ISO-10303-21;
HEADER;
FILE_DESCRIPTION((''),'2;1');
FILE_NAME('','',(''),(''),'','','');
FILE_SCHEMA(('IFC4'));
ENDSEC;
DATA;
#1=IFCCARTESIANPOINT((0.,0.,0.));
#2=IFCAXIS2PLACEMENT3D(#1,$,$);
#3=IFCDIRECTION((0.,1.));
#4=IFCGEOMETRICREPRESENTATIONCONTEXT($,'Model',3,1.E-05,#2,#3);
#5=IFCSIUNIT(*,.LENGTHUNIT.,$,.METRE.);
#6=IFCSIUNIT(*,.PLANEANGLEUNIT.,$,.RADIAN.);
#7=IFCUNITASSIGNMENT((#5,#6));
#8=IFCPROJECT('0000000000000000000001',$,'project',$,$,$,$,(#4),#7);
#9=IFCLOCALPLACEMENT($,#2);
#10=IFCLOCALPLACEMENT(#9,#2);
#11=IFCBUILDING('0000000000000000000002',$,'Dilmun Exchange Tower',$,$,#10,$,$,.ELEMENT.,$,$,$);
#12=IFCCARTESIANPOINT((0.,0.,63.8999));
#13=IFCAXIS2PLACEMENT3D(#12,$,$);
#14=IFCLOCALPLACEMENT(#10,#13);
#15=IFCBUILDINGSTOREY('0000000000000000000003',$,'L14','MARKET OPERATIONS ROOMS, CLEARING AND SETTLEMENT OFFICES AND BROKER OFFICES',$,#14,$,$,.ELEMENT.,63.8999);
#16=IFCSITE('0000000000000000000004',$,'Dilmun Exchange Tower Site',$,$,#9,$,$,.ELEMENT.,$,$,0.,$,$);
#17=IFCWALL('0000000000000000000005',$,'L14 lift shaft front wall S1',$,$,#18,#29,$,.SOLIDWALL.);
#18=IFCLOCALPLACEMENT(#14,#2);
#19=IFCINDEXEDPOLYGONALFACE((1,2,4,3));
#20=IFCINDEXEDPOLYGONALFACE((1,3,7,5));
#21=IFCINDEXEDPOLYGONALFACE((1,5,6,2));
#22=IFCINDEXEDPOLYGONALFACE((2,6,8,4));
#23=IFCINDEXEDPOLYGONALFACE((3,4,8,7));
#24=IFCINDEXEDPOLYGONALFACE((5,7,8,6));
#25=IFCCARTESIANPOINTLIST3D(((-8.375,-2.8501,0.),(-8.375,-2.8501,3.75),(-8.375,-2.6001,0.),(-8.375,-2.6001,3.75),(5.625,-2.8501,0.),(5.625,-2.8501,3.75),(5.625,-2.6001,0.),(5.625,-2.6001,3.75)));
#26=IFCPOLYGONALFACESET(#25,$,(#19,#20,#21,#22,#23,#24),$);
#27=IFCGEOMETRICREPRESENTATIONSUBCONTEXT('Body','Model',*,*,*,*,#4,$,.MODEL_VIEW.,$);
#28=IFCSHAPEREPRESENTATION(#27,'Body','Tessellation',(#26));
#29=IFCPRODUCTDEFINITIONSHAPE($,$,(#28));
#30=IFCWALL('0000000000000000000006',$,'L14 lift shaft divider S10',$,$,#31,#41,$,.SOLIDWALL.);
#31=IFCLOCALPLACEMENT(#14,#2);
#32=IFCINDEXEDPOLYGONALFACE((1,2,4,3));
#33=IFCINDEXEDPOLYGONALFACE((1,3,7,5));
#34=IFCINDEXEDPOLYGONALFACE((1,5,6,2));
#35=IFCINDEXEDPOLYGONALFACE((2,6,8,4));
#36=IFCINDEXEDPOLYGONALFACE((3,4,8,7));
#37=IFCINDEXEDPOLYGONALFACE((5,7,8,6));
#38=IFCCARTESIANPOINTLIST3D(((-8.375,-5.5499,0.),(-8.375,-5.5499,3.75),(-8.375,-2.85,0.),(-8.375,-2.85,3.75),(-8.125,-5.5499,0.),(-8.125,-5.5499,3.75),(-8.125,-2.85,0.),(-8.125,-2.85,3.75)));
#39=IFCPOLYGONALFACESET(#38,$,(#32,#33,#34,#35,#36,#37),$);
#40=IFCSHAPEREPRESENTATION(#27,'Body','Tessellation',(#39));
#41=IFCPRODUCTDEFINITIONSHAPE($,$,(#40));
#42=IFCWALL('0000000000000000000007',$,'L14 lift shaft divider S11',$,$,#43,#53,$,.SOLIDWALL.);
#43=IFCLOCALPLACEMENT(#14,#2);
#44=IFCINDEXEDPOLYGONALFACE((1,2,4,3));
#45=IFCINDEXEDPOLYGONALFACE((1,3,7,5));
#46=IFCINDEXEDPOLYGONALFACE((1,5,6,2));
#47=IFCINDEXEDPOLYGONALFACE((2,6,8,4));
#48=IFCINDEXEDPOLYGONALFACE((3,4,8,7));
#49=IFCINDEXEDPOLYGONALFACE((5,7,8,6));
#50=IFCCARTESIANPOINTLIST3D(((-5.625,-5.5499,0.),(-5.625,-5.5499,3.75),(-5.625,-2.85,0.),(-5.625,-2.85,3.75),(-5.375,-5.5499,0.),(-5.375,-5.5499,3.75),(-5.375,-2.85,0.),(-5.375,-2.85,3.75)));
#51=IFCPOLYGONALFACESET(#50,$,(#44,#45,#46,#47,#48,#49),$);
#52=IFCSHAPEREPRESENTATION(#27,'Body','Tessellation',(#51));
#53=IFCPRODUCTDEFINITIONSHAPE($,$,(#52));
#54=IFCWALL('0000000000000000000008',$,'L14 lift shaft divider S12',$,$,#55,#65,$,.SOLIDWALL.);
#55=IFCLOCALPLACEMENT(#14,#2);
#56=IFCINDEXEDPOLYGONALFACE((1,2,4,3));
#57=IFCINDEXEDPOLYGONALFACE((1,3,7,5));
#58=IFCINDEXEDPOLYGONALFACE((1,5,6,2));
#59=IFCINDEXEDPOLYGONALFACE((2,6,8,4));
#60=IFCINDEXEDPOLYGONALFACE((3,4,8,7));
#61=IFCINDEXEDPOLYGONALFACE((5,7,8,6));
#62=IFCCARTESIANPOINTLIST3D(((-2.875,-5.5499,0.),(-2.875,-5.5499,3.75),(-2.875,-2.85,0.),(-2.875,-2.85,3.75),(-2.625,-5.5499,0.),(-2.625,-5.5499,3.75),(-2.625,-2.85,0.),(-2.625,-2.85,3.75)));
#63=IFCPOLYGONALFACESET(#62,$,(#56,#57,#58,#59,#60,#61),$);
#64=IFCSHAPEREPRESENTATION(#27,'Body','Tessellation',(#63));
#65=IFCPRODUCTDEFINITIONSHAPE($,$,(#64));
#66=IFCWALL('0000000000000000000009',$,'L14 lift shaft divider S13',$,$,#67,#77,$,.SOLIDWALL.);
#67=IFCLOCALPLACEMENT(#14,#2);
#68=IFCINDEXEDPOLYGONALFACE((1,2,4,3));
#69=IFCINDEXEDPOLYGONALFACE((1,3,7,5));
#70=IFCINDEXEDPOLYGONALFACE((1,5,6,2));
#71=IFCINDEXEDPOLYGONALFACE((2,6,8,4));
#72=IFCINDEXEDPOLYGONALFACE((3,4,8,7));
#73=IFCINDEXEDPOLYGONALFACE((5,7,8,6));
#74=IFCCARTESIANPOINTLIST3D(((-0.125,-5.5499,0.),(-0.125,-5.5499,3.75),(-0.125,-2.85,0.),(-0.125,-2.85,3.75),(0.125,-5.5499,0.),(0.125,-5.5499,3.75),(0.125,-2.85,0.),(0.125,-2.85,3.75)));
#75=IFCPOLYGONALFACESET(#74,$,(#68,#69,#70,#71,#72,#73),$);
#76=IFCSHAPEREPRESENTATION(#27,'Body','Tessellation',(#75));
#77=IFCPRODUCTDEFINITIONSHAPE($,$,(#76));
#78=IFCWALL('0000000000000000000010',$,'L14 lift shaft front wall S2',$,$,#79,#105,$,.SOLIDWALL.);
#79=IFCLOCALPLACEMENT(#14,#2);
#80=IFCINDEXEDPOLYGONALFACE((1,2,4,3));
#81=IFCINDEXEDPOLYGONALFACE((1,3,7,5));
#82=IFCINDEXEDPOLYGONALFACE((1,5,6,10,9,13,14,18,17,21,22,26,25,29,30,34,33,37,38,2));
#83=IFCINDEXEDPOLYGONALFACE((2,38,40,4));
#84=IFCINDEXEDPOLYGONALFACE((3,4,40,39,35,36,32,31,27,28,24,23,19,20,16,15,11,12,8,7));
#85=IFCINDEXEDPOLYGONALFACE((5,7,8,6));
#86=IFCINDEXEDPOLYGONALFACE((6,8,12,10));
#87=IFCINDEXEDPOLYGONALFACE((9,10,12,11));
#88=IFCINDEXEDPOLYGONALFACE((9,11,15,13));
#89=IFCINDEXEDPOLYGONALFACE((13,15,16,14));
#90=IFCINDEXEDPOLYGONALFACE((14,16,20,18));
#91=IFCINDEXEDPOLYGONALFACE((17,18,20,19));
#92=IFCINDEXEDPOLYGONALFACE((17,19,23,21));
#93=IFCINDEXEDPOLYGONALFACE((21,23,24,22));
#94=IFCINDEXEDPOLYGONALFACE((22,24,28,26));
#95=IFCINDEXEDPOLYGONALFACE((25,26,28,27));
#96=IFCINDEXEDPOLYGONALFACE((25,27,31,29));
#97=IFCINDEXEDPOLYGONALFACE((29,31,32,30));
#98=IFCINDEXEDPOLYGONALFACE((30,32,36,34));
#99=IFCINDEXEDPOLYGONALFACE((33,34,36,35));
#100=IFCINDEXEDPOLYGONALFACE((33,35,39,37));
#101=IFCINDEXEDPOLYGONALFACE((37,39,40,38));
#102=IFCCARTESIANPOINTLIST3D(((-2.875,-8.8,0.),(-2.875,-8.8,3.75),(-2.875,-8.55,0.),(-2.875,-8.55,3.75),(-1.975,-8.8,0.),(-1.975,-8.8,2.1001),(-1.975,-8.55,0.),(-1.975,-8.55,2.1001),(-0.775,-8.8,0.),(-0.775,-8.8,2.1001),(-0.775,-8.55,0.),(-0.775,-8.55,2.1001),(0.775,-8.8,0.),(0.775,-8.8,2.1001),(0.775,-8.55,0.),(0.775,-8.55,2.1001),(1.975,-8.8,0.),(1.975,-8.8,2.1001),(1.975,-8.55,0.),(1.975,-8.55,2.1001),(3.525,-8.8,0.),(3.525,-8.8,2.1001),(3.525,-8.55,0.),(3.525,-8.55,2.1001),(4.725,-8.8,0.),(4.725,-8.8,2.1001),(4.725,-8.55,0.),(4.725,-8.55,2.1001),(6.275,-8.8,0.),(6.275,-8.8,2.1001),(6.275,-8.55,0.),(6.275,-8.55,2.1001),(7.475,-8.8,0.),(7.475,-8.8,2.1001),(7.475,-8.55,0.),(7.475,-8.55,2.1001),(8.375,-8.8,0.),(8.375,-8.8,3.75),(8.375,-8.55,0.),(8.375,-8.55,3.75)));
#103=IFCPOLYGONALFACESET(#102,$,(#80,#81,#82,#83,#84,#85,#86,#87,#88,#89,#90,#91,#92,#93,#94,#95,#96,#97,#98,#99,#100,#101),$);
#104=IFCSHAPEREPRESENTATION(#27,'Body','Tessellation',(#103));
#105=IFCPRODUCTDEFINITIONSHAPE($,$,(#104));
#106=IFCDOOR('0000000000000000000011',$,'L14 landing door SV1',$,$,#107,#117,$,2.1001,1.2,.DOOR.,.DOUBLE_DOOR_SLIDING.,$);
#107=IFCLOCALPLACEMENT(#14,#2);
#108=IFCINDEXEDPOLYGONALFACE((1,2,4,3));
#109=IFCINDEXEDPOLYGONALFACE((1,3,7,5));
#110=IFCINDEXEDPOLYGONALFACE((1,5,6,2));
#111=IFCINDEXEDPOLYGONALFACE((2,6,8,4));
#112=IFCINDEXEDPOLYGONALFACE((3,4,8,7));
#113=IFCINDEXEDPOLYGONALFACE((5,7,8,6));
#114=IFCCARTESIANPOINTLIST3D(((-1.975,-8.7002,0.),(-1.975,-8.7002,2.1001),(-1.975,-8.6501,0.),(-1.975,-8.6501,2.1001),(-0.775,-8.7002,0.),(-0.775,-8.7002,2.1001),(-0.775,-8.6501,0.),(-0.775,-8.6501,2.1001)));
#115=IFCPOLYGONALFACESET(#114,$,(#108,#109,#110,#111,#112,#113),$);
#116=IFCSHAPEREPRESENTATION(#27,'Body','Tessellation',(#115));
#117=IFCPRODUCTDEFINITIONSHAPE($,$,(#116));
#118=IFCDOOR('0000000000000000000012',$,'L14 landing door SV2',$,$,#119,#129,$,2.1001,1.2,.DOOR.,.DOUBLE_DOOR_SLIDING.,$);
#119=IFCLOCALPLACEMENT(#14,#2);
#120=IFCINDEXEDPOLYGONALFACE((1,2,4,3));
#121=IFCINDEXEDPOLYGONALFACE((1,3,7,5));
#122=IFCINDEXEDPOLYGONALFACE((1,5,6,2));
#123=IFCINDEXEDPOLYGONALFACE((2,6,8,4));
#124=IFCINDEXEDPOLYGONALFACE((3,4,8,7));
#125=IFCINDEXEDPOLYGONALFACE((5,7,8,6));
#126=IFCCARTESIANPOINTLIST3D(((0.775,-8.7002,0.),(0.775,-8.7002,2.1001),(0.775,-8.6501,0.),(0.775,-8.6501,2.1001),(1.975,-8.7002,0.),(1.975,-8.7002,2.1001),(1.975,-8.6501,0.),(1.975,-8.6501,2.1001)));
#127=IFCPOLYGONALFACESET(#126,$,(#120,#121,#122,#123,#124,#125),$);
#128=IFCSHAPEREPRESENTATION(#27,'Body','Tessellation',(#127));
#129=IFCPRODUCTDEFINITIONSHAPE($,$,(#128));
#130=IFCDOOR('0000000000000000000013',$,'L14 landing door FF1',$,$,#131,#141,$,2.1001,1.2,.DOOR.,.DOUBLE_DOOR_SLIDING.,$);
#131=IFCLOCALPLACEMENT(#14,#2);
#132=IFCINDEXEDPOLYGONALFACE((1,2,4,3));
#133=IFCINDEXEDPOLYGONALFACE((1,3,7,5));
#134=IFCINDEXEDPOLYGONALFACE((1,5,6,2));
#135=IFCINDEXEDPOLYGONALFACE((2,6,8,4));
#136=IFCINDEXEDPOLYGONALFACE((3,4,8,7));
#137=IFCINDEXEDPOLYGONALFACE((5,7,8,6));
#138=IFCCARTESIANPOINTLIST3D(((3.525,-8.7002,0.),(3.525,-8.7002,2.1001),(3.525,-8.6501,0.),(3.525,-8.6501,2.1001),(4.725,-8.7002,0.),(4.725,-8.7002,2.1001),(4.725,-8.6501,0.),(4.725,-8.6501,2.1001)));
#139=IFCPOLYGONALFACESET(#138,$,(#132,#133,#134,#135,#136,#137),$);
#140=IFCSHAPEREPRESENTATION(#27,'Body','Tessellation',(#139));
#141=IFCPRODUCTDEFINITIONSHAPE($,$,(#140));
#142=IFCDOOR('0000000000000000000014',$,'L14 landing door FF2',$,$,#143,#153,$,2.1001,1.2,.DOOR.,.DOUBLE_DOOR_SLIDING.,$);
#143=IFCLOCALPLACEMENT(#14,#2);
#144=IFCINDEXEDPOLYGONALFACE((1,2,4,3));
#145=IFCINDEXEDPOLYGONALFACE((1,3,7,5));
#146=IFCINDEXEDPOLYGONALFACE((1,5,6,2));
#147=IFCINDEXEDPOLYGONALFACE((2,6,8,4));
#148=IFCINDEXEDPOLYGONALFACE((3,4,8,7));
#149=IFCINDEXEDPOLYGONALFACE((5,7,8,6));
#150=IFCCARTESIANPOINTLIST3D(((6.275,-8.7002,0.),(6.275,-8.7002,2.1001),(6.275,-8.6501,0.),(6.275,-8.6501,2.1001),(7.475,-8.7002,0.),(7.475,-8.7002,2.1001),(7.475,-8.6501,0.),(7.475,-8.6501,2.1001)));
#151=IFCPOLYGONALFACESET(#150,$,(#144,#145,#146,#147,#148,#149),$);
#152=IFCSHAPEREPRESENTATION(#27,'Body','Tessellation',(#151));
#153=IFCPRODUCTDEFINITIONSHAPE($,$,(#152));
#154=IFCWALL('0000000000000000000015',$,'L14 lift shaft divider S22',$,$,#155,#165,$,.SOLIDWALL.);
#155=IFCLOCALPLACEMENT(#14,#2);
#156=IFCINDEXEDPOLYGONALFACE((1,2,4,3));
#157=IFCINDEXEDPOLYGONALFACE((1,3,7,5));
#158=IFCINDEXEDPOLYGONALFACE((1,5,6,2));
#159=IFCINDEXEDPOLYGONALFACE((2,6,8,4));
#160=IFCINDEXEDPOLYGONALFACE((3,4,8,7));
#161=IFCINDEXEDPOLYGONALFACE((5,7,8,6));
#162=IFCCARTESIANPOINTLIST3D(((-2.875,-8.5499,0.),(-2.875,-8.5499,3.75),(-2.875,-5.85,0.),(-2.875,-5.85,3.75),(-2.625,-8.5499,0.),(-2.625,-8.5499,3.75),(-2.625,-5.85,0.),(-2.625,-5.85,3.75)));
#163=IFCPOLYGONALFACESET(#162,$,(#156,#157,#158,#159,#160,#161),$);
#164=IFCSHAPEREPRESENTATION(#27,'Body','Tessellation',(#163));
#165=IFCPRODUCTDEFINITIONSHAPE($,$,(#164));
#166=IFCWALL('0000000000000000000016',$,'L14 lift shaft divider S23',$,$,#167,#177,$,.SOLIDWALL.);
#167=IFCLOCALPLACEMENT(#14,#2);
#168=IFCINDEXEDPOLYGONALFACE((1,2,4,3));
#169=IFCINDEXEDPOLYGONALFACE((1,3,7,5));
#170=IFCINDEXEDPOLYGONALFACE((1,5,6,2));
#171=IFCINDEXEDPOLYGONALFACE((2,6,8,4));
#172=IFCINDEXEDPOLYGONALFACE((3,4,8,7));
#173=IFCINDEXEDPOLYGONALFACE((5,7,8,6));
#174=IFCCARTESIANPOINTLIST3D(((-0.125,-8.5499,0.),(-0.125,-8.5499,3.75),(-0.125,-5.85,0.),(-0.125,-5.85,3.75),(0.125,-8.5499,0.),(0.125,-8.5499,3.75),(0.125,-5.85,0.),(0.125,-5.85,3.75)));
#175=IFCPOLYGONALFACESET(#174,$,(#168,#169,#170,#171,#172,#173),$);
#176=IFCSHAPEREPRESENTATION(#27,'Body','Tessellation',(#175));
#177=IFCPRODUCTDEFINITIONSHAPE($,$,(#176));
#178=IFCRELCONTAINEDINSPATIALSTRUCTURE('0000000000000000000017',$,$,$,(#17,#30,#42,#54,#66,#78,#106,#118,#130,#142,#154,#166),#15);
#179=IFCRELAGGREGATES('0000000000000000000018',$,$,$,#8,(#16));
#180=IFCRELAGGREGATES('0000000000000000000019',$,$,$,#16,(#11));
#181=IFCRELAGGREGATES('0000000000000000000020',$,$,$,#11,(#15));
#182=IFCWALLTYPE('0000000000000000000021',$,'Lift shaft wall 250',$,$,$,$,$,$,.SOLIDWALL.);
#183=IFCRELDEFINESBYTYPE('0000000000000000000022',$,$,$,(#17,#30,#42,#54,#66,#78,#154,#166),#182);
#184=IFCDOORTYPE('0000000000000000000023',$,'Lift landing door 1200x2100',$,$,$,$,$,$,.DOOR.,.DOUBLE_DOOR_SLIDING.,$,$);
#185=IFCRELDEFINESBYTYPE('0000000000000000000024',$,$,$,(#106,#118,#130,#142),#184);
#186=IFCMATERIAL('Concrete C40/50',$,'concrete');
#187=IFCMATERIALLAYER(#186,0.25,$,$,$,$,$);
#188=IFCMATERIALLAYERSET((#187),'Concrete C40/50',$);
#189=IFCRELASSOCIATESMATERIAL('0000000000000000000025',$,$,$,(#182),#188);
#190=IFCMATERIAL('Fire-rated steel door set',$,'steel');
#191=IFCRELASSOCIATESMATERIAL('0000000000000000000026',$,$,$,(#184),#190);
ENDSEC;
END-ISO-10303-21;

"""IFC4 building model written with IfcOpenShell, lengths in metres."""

from ifc_helpers import new_model, si_unit, direction, frame, frame_2d, origin, place, context, subcontext, project, spatial, rectangle, extrude, material, layer, layer_set, type_object, element, fill, save


model = new_model("IFC4")

# Units and contexts
model_context = context("Model", 3, precision=1e-05, world=origin(), true_north=direction((0.0, 1.0)))
body_context = subcontext(model_context, "Body", "Model", "MODEL_VIEW")
ifc_project = project(units=[si_unit("LENGTHUNIT", "METRE"), si_unit("PLANEANGLEUNIT", "RADIAN")], contexts=[model_context])

# Site, building, storey
site_placement = place(None, origin())
site = spatial("IfcSite", under=ifc_project, at=site_placement, Name="Dilmun Exchange Tower Site", CompositionType="ELEMENT", RefElevation=0.0)
building_placement = place(site_placement, origin())
building = spatial("IfcBuilding", under=site, at=building_placement, Name="Dilmun Exchange Tower", CompositionType="ELEMENT")
storey_placement = place(building_placement, frame((0.0, 0.0, 63.8999)))
storey = spatial("IfcBuildingStorey", under=building, at=storey_placement, Name="L14", Description="MARKET OPERATIONS ROOMS, CLEARING AND SETTLEMENT OFFICES AND BROKER OFFICES", CompositionType="ELEMENT", Elevation=63.8999)

# Shared definitions
ifc_material_1 = material(Name="Concrete C40/50", Category="concrete")

# Shared definitions
ifc_material_2 = material(Name="Fire-rated steel door set", Category="steel")

# Walls
ifc_layer_1 = layer(ifc_material_1, 0.25)
ifc_layer_set_1 = layer_set([ifc_layer_1], Name="Concrete C40/50")
wall_type_1 = type_object("IfcWallType", Name="Lift shaft wall 250", PredefinedType="SOLIDWALL", material=ifc_layer_set_1)
wall_1_placement = place(storey_placement, frame((-8.375, -2.7251, 0.0), z_axis=(0.0, 0.0, 1.0), x_axis=(1.0, 0.0, 0.0)))
element("IfcWall", 1, at=wall_1_placement, inside=storey, type_object=wall_type_1, Name="L14 lift shaft front wall S1", PredefinedType="SOLIDWALL", context=body_context, shape_type="SweptSolid", body=[
    extrude(rectangle(XDim=14.0, YDim=0.25, at=frame_2d((7.0, 0.0))), origin(), (0.0, 0.0, 1.0), 3.75),
])
for number, where, z_axis, x_axis, name in (
    (2, (-8.25, -5.55, 0.0), (0.0, 0.0, 1.0), (0.0, 1.0, 0.0), "L14 lift shaft divider S10"),
    (3, (-5.5, -5.55, 0.0), (0.0, 0.0, 1.0), (0.0, 1.0, 0.0), "L14 lift shaft divider S11"),
    (4, (-2.75, -5.55, 0.0), (0.0, 0.0, 1.0), (0.0, 1.0, 0.0), "L14 lift shaft divider S12"),
    (5, (0.0, -5.55, 0.0), (0.0, 0.0, 1.0), (0.0, 1.0, 0.0), "L14 lift shaft divider S13"),
):
    element("IfcWall", number, at=place(storey_placement, frame(where, z_axis=z_axis, x_axis=x_axis)), inside=storey, type_object=wall_type_1, Name=name, PredefinedType="SOLIDWALL", context=body_context, shape_type="SweptSolid", body=[
        extrude(rectangle(XDim=2.7, YDim=0.25, at=frame_2d((1.3501, 0.0))), origin(), (0.0, 0.0, 1.0), 3.75),
    ])

# Wall, openings, doors
wall_2_placement = place(storey_placement, frame((-2.875, -8.675, 0.0), z_axis=(0.0, 0.0, 1.0), x_axis=(1.0, 0.0, 0.0)))
wall_2 = element("IfcWall", 6, at=wall_2_placement, inside=storey, type_object=wall_type_1, Name="L14 lift shaft front wall S2", PredefinedType="SOLIDWALL", context=body_context, shape_type="SweptSolid", body=[
    extrude(rectangle(XDim=11.25, YDim=0.25, at=frame_2d((5.625, 0.0))), origin(), (0.0, 0.0, 1.0), 3.75),
])
opening_1_placement = place(wall_2_placement, frame((0.8999, 0.0, 0.0)))
opening_1 = element("IfcOpeningElement", 7, at=opening_1_placement, cuts=wall_2, PredefinedType="OPENING", context=body_context, shape_type="SweptSolid", body=[
    extrude(rectangle(XDim=1.2, YDim=2.1001, at=frame_2d((0.6001, 1.05))), frame((0.0, 0.135, 0.0), z_axis=(0.0, -1.0, 0.0), x_axis=(1.0, 0.0, 0.0)), (0.0, 0.0, 1.0), 0.27),
])
opening_2_placement = place(wall_2_placement, frame((3.6499, 0.0, 0.0)))
opening_2 = element("IfcOpeningElement", 8, at=opening_2_placement, cuts=wall_2, PredefinedType="OPENING", context=body_context, shape_type="SweptSolid", body=[
    extrude(rectangle(XDim=1.2, YDim=2.1001, at=frame_2d((0.6001, 1.05))), frame((0.0, 0.135, 0.0), z_axis=(0.0, -1.0, 0.0), x_axis=(1.0, 0.0, 0.0)), (0.0, 0.0, 1.0), 0.27),
])
opening_3_placement = place(wall_2_placement, frame((6.3999, 0.0, 0.0)))
opening_3 = element("IfcOpeningElement", 9, at=opening_3_placement, cuts=wall_2, PredefinedType="OPENING", context=body_context, shape_type="SweptSolid", body=[
    extrude(rectangle(XDim=1.2, YDim=2.1001, at=frame_2d((0.6001, 1.05))), frame((0.0, 0.135, 0.0), z_axis=(0.0, -1.0, 0.0), x_axis=(1.0, 0.0, 0.0)), (0.0, 0.0, 1.0), 0.27),
])
opening_4_placement = place(wall_2_placement, frame((9.1499, 0.0, 0.0)))
opening_4 = element("IfcOpeningElement", 10, at=opening_4_placement, cuts=wall_2, PredefinedType="OPENING", context=body_context, shape_type="SweptSolid", body=[
    extrude(rectangle(XDim=1.2, YDim=2.1001, at=frame_2d((0.6001, 1.05))), frame((0.0, 0.135, 0.0), z_axis=(0.0, -1.0, 0.0), x_axis=(1.0, 0.0, 0.0)), (0.0, 0.0, 1.0), 0.27),
])
door_type_1 = type_object("IfcDoorType", Name="Lift landing door 1200x2100", OperationType="DOUBLE_DOOR_SLIDING", PredefinedType="DOOR", material=ifc_material_2)
door_1_placement = place(opening_1_placement, origin())
door_1 = element("IfcDoor", 11, at=door_1_placement, inside=storey, type_object=door_type_1, Name="L14 landing door SV1", OperationType="DOUBLE_DOOR_SLIDING", OverallHeight=2.1001, OverallWidth=1.2, PredefinedType="DOOR", context=body_context, shape_type="SweptSolid", body=[
    extrude(rectangle(XDim=1.2, YDim=2.1001, at=frame_2d((0.6001, 1.05))), frame((0.0, 0.0249, 0.0), z_axis=(0.0, -1.0, 0.0), x_axis=(1.0, 0.0, 0.0)), (0.0, 0.0, 1.0), 0.05),
])
fill(opening_1, door_1)
door_2_placement = place(opening_2_placement, origin())
door_2 = element("IfcDoor", 12, at=door_2_placement, inside=storey, type_object=door_type_1, Name="L14 landing door SV2", OperationType="DOUBLE_DOOR_SLIDING", OverallHeight=2.1001, OverallWidth=1.2, PredefinedType="DOOR", context=body_context, shape_type="SweptSolid", body=[
    extrude(rectangle(XDim=1.2, YDim=2.1001, at=frame_2d((0.6001, 1.05))), frame((0.0, 0.0249, 0.0), z_axis=(0.0, -1.0, 0.0), x_axis=(1.0, 0.0, 0.0)), (0.0, 0.0, 1.0), 0.05),
])
fill(opening_2, door_2)
door_3_placement = place(opening_3_placement, origin())
door_3 = element("IfcDoor", 13, at=door_3_placement, inside=storey, type_object=door_type_1, Name="L14 landing door FF1", OperationType="DOUBLE_DOOR_SLIDING", OverallHeight=2.1001, OverallWidth=1.2, PredefinedType="DOOR", context=body_context, shape_type="SweptSolid", body=[
    extrude(rectangle(XDim=1.2, YDim=2.1001, at=frame_2d((0.6001, 1.05))), frame((0.0, 0.0249, 0.0), z_axis=(0.0, -1.0, 0.0), x_axis=(1.0, 0.0, 0.0)), (0.0, 0.0, 1.0), 0.05),
])
fill(opening_3, door_3)
door_4_placement = place(opening_4_placement, origin())
door_4 = element("IfcDoor", 14, at=door_4_placement, inside=storey, type_object=door_type_1, Name="L14 landing door FF2", OperationType="DOUBLE_DOOR_SLIDING", OverallHeight=2.1001, OverallWidth=1.2, PredefinedType="DOOR", context=body_context, shape_type="SweptSolid", body=[
    extrude(rectangle(XDim=1.2, YDim=2.1001, at=frame_2d((0.6001, 1.05))), frame((0.0, 0.0249, 0.0), z_axis=(0.0, -1.0, 0.0), x_axis=(1.0, 0.0, 0.0)), (0.0, 0.0, 1.0), 0.05),
])
fill(opening_4, door_4)

# Walls
for number, where, z_axis, x_axis, name in (
    (15, (-2.75, -8.55, 0.0), (0.0, 0.0, 1.0), (0.0, 1.0, 0.0), "L14 lift shaft divider S22"),
    (16, (0.0, -8.55, 0.0), (0.0, 0.0, 1.0), (0.0, 1.0, 0.0), "L14 lift shaft divider S23"),
):
    element("IfcWall", number, at=place(storey_placement, frame(where, z_axis=z_axis, x_axis=x_axis)), inside=storey, type_object=wall_type_1, Name=name, PredefinedType="SOLIDWALL", context=body_context, shape_type="SweptSolid", body=[
        extrude(rectangle(XDim=2.7, YDim=0.25, at=frame_2d((1.3501, 0.0))), origin(), (0.0, 0.0, 1.0), 3.75),
    ])

save(model, "model.ifc")
